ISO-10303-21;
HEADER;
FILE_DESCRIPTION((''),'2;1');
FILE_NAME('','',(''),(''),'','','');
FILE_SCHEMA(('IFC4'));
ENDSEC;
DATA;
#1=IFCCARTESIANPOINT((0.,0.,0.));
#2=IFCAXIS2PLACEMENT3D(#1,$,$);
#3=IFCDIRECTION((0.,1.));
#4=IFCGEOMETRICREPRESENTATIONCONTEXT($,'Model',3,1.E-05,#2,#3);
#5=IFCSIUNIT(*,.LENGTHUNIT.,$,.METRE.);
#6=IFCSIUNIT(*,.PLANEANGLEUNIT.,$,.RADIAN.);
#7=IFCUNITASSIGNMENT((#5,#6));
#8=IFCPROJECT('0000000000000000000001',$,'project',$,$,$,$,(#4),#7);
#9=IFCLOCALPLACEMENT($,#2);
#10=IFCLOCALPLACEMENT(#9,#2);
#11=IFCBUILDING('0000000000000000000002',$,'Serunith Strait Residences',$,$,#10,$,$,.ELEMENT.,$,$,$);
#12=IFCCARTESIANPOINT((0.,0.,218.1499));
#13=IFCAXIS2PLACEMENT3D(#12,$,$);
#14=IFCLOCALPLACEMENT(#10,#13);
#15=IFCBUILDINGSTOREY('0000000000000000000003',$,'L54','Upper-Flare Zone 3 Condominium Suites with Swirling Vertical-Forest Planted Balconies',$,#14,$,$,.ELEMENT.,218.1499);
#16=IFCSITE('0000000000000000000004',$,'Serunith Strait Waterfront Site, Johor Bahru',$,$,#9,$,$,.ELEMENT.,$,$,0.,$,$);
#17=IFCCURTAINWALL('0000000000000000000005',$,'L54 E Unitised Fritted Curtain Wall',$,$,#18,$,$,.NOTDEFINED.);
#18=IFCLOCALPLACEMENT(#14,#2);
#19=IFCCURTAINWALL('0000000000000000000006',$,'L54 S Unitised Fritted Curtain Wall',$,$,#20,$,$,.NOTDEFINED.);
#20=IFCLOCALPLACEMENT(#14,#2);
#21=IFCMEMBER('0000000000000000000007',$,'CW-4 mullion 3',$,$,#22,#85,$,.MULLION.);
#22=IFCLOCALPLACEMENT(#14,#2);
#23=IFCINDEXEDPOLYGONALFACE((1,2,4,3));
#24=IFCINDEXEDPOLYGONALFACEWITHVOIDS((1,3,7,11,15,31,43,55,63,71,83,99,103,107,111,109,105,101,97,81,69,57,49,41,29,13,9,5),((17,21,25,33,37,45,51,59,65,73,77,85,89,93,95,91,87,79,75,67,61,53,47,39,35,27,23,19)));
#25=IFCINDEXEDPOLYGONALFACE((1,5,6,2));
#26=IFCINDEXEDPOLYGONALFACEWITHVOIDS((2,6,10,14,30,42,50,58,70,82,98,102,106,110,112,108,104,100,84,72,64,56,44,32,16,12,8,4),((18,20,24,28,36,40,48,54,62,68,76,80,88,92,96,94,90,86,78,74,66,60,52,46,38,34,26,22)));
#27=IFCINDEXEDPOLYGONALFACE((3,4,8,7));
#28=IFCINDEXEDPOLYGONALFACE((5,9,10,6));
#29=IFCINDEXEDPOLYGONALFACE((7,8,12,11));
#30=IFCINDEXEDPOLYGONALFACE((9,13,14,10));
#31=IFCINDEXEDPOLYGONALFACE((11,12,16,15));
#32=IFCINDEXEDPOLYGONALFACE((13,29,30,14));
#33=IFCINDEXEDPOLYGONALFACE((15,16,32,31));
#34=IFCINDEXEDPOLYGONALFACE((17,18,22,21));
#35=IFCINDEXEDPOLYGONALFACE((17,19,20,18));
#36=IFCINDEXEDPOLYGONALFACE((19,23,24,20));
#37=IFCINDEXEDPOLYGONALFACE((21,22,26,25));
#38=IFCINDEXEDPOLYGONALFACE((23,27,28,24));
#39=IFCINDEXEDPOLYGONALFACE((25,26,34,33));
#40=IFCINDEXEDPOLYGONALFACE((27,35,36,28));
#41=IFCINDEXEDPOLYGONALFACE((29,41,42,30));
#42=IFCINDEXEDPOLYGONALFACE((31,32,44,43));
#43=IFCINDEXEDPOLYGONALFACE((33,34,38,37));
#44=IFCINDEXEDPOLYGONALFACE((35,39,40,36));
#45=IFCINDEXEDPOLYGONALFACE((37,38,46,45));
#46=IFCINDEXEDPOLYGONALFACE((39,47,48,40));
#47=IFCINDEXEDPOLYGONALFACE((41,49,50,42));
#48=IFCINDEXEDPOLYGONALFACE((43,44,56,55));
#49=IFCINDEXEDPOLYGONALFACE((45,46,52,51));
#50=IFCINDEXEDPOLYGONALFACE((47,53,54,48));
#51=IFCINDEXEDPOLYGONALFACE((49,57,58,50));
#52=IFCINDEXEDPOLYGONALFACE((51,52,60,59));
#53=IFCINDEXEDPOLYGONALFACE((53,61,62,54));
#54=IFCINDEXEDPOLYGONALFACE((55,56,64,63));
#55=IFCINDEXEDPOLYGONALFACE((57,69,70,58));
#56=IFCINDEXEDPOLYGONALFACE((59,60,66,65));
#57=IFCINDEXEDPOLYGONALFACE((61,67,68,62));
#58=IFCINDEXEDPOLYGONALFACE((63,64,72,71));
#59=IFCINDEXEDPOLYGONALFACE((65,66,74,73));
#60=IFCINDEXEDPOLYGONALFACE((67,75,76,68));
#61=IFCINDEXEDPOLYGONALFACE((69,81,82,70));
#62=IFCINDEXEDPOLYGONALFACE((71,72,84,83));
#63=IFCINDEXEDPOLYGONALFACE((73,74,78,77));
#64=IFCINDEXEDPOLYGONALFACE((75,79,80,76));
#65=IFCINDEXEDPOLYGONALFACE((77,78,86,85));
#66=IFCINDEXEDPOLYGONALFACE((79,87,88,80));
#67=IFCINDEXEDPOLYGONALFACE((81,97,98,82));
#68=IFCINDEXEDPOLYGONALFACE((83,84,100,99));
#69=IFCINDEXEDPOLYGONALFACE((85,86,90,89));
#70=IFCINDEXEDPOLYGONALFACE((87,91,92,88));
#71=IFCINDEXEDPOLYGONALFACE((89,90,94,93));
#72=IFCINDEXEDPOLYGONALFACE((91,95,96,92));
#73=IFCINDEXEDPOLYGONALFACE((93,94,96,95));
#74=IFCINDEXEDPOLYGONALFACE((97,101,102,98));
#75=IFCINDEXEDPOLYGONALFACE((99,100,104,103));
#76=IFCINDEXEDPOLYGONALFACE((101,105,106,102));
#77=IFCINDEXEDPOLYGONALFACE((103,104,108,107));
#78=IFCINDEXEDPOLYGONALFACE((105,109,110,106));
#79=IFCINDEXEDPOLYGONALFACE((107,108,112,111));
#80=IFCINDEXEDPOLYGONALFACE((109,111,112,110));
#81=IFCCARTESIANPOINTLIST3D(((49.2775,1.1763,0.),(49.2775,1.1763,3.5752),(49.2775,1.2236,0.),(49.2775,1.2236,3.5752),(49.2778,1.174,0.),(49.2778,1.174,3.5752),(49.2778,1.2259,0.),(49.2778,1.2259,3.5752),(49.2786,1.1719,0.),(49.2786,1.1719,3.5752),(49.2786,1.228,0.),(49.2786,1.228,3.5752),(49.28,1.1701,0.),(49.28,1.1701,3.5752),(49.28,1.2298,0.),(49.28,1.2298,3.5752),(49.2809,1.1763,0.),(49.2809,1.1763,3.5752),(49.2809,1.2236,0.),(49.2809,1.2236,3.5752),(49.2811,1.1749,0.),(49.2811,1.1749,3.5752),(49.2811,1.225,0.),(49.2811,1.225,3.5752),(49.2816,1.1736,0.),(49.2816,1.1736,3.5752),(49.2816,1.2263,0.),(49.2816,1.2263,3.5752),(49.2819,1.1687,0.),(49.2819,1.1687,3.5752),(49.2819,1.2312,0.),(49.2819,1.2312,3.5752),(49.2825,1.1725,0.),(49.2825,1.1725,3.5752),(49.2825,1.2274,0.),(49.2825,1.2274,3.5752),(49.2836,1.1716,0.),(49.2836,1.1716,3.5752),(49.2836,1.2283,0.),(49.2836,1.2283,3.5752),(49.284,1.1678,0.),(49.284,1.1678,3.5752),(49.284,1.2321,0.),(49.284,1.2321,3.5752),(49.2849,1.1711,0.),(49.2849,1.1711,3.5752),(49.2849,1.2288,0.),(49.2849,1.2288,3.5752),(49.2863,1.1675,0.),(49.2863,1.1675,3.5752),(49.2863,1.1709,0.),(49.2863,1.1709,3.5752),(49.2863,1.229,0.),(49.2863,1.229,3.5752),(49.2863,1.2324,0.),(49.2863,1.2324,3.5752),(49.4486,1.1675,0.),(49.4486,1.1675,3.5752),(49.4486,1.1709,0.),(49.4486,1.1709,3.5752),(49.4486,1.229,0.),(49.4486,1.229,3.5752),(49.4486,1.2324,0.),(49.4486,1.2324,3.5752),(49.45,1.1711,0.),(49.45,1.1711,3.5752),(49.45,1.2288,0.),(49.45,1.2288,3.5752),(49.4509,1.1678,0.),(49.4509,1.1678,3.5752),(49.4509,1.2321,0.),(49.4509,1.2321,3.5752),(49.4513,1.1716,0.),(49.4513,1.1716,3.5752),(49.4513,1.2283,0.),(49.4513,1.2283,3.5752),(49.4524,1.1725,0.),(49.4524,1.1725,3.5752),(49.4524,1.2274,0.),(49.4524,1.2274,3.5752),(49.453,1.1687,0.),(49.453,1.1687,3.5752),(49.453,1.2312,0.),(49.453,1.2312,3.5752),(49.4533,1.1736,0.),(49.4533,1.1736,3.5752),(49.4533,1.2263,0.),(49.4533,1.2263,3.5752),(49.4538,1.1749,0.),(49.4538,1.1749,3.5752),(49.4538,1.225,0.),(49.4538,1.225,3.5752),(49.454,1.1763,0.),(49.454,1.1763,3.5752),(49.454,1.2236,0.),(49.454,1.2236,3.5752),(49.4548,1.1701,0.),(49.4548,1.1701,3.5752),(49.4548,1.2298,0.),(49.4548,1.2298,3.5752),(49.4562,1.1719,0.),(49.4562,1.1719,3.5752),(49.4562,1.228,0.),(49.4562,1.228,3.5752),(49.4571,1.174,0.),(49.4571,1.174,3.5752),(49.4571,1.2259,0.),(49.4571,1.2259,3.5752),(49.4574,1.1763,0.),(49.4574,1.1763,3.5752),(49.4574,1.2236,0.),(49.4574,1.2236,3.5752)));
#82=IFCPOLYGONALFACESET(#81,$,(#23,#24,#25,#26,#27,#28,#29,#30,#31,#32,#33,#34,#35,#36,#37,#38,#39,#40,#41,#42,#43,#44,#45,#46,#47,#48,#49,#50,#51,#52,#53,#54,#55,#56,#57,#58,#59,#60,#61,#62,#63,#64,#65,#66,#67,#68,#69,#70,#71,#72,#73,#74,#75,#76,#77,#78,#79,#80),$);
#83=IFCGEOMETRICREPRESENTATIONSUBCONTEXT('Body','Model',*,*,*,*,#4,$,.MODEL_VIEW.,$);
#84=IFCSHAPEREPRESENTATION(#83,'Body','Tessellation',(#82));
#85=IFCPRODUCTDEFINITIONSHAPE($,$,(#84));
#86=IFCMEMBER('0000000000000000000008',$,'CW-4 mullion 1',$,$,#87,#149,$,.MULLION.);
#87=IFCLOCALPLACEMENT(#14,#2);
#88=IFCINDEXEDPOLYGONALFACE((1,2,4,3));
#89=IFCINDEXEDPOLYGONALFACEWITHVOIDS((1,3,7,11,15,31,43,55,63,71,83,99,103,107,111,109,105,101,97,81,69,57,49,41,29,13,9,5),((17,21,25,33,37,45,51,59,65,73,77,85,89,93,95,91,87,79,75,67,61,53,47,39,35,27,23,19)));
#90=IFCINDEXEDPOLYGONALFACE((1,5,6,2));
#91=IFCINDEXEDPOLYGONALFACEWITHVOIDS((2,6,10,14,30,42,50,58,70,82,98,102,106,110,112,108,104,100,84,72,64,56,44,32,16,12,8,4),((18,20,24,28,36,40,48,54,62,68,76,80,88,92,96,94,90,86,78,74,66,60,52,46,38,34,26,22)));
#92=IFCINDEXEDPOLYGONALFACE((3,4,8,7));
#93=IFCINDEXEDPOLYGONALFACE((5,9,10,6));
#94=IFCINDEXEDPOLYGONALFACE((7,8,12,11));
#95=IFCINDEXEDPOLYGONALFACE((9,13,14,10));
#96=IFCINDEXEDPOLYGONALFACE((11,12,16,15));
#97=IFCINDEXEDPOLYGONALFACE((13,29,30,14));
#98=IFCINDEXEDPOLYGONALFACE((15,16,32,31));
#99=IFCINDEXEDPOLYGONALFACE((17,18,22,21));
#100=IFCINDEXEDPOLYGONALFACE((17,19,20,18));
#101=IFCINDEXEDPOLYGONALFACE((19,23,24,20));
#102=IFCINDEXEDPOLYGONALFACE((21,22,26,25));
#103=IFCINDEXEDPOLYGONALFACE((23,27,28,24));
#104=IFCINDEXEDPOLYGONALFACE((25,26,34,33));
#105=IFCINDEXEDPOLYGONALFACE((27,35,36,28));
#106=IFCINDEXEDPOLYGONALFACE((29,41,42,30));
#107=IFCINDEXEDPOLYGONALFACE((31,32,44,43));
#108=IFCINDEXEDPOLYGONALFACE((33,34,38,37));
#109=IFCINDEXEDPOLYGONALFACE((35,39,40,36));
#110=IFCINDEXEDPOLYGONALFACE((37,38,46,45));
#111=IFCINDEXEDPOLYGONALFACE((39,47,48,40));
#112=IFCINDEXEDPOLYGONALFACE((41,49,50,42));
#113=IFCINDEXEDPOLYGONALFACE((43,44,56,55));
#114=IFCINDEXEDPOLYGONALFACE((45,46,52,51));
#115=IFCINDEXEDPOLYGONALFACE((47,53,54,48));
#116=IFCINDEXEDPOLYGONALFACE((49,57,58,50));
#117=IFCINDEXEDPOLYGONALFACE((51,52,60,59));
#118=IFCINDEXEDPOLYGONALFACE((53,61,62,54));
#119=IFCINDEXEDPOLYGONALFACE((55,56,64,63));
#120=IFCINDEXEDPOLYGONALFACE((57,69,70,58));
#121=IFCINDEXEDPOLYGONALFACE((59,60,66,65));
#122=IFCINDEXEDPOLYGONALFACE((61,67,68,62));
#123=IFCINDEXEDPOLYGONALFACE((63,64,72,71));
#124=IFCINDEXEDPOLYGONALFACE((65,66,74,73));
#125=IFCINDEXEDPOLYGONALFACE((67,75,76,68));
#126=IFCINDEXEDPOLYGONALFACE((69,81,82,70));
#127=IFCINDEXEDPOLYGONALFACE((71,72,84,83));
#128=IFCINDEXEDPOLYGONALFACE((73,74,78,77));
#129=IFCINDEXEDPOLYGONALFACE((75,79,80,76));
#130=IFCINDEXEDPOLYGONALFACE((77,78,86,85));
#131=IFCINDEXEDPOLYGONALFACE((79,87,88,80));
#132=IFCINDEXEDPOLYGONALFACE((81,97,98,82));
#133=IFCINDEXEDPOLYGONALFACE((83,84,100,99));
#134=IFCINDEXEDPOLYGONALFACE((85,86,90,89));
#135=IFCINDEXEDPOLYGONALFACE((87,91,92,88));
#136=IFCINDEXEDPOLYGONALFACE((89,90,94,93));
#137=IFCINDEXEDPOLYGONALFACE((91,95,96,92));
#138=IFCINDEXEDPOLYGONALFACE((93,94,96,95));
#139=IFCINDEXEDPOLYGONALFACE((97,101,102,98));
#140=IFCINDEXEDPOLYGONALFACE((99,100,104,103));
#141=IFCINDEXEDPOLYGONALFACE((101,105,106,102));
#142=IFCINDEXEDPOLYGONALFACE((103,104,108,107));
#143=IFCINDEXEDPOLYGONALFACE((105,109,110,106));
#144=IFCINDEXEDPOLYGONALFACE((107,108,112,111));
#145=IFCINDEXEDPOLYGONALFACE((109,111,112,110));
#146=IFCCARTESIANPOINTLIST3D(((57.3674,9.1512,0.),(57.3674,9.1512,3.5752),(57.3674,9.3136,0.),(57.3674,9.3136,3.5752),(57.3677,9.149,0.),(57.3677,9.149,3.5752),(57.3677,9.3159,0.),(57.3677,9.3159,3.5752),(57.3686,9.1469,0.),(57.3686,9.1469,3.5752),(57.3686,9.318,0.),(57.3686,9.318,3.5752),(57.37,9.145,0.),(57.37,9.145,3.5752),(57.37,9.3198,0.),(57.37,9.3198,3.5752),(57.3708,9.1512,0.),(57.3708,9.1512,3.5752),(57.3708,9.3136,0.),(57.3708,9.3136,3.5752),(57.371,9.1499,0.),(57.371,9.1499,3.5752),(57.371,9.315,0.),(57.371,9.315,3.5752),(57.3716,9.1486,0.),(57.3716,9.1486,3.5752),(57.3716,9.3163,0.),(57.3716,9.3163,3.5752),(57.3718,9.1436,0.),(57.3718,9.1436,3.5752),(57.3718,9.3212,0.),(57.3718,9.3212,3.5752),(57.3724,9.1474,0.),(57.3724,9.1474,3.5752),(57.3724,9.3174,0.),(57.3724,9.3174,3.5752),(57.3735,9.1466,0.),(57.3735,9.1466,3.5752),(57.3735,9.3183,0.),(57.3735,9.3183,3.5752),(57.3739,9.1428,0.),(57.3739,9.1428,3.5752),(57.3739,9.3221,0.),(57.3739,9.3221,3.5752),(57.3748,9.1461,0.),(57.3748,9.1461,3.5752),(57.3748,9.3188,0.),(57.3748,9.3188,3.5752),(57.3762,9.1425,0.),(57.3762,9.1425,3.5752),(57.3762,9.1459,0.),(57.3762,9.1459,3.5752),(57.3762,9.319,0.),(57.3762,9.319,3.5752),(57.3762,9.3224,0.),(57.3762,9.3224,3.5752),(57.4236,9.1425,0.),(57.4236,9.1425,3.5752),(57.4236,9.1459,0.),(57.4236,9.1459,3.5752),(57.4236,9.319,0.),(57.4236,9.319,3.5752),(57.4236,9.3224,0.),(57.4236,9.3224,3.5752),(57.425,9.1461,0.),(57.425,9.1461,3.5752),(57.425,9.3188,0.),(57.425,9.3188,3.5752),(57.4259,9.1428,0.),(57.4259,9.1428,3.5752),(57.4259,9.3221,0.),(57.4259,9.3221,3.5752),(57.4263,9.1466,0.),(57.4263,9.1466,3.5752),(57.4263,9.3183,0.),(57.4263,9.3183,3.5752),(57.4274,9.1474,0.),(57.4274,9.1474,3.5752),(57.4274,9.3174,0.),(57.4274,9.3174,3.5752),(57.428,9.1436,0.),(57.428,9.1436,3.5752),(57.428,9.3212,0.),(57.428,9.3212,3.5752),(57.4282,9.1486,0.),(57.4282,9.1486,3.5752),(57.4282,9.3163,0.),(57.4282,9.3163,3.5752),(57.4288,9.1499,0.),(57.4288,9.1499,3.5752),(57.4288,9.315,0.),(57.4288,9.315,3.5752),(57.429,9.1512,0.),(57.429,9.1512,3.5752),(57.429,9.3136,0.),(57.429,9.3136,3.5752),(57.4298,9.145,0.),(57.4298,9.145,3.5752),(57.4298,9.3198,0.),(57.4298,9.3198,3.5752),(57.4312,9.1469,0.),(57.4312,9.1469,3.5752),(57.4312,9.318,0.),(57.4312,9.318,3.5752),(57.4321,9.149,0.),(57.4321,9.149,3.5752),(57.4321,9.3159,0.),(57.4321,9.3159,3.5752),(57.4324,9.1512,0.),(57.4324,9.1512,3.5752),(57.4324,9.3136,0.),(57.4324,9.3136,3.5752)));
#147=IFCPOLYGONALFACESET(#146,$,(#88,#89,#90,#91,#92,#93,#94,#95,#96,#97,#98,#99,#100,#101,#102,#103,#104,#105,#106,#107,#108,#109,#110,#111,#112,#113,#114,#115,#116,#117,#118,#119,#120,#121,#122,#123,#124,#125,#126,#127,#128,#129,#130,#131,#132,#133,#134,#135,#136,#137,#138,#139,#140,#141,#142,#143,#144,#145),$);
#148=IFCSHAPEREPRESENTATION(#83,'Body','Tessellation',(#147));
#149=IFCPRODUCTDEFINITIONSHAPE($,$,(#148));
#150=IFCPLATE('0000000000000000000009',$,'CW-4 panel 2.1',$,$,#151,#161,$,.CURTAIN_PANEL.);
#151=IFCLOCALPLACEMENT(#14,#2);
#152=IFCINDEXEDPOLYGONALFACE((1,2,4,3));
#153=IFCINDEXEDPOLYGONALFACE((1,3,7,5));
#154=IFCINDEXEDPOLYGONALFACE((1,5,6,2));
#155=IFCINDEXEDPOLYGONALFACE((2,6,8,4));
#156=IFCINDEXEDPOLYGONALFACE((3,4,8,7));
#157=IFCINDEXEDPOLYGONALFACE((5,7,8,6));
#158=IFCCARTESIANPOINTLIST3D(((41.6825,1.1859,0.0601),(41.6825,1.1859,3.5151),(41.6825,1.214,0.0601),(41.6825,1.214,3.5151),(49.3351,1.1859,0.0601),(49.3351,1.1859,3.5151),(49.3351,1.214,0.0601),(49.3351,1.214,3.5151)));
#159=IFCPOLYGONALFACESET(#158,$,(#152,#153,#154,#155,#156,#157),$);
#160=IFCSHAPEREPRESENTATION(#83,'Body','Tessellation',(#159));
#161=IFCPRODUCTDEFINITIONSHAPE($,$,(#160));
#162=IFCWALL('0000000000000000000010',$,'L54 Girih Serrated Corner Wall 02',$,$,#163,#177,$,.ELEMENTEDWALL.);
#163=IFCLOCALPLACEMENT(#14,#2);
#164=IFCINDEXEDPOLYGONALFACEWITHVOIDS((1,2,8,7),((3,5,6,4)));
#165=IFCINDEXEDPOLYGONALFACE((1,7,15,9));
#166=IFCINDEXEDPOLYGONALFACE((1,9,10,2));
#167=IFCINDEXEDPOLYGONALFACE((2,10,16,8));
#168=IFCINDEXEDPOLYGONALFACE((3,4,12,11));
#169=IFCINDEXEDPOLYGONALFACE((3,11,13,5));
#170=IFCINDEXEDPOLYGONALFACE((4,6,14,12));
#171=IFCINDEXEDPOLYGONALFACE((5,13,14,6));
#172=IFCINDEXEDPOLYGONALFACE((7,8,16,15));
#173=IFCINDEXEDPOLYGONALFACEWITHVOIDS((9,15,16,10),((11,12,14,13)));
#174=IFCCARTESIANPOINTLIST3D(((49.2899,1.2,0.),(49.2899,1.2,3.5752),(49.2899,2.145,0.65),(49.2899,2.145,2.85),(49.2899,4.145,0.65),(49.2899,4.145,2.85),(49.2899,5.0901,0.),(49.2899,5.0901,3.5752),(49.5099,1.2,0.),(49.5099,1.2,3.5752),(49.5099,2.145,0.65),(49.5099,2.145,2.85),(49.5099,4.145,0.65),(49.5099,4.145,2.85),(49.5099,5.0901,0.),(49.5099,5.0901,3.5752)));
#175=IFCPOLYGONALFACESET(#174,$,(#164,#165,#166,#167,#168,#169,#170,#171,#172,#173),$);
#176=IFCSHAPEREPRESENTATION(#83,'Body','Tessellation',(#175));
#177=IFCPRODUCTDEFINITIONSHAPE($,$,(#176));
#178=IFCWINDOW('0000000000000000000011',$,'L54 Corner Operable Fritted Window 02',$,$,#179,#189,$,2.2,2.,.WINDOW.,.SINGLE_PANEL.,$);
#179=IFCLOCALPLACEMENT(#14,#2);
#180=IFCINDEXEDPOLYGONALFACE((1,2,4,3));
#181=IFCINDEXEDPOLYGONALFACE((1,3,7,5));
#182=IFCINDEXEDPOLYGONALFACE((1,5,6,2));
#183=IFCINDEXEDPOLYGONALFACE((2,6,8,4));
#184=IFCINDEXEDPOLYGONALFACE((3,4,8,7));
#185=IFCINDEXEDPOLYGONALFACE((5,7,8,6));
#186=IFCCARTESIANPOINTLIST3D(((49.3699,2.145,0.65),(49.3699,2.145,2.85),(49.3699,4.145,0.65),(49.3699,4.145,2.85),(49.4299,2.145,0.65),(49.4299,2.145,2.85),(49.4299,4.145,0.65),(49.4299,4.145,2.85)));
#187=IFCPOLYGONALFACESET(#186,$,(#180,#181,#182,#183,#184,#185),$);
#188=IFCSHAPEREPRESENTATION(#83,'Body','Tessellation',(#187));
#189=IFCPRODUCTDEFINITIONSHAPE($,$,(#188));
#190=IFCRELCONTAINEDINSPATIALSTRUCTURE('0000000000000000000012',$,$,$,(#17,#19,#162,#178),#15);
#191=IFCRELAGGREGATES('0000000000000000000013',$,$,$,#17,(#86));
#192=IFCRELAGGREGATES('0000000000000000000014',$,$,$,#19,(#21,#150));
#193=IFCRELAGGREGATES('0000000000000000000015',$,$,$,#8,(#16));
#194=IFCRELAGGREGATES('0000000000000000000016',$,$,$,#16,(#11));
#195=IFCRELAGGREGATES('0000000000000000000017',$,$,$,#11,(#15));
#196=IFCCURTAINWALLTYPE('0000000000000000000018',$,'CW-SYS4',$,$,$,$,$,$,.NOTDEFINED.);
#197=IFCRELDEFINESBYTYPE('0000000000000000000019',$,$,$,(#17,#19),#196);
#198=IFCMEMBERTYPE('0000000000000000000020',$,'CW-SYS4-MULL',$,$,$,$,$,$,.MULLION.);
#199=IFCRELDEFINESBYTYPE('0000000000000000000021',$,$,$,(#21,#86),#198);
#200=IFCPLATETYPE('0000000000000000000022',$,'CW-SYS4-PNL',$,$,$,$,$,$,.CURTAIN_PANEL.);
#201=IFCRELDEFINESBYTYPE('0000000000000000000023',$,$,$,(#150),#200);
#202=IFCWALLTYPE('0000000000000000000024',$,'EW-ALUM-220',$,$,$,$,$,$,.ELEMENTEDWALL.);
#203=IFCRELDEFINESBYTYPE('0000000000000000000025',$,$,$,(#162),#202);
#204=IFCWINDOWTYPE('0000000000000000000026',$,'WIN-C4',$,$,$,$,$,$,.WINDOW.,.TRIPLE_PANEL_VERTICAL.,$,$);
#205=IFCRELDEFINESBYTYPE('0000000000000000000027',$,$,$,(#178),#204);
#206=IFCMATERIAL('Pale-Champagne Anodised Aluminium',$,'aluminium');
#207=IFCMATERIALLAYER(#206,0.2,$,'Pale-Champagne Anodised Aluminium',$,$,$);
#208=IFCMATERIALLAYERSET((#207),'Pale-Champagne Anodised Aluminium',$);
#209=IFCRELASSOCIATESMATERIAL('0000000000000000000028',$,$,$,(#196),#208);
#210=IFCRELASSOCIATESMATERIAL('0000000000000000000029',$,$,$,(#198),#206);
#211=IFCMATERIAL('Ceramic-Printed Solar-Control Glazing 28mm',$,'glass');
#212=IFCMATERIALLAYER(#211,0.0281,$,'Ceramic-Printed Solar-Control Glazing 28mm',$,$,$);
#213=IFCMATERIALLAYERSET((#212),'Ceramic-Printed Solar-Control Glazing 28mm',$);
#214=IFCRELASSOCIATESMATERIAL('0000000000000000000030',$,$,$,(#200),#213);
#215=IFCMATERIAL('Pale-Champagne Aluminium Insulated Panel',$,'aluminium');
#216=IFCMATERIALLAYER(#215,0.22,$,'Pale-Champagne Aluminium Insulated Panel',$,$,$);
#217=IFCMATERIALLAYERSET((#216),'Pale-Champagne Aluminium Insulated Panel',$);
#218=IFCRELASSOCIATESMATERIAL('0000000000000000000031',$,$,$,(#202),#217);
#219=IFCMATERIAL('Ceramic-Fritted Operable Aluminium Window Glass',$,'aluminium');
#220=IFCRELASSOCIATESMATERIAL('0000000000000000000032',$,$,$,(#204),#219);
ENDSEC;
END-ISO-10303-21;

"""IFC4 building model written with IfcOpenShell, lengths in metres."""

from ifc_helpers import new_model, si_unit, direction, frame, frame_2d, origin, origin_2d, place, context, subcontext, project, spatial, rectangle, hollow_rectangle, extrude, source, transform, mapped, material, layer, layer_set, material_profile, profile_set, type_object, element, fill, aggregate, save


model = new_model("IFC4")

# Units and contexts
model_context = context("Model", 3, precision=1e-05, world=origin(), true_north=direction((0.0, 1.0)))
body_context = subcontext(model_context, "Body", "Model", "MODEL_VIEW")
ifc_project = project(units=[si_unit("LENGTHUNIT", "METRE"), si_unit("PLANEANGLEUNIT", "RADIAN")], contexts=[model_context])

# Site, building, storey
site_placement = place(None, origin())
site = spatial("IfcSite", under=ifc_project, at=site_placement, Name="Serunith Strait Waterfront Site, Johor Bahru", CompositionType="ELEMENT", RefElevation=0.0)
building_placement = place(site_placement, origin())
building = spatial("IfcBuilding", under=site, at=building_placement, Name="Serunith Strait Residences", CompositionType="ELEMENT")
storey_placement = place(building_placement, frame((0.0, 0.0, 218.1499)))
storey = spatial("IfcBuildingStorey", under=building, at=storey_placement, Name="L54", Description="Upper-Flare Zone 3 Condominium Suites with Swirling Vertical-Forest Planted Balconies", CompositionType="ELEMENT", Elevation=218.1499)

# Curtain wall
ifc_material_1 = material(Name="Pale-Champagne Anodised Aluminium", Category="aluminium")
ifc_layer_1 = layer(ifc_material_1, 0.2, Name="Pale-Champagne Anodised Aluminium")
ifc_layer_set_1 = layer_set([ifc_layer_1], Name="Pale-Champagne Anodised Aluminium")
curtain_wall_type = type_object("IfcCurtainWallType", Name="CW-SYS4", PredefinedType="NOTDEFINED", material=ifc_layer_set_1)
curtain_wall_1_placement = place(storey_placement, origin())
curtain_wall_1 = element("IfcCurtainWall", 1, at=curtain_wall_1_placement, inside=storey, type_object=curtain_wall_type, Name="L54 E Unitised Fritted Curtain Wall", PredefinedType="NOTDEFINED")

# Curtain wall, member
curtain_wall_2_placement = place(storey_placement, origin())
curtain_wall_2 = element("IfcCurtainWall", 2, at=curtain_wall_2_placement, inside=storey, type_object=curtain_wall_type, Name="L54 S Unitised Fritted Curtain Wall", PredefinedType="NOTDEFINED")
ifc_material_profile_1 = material_profile(ifc_material_1, hollow_rectangle(XDim=0.0649, YDim=0.1799, WallThickness=0.0034, InnerFilletRadius=0.0054, OuterFilletRadius=0.0088, at=origin_2d()), Name="ALU 180x65x3.5")
ifc_profile_set_1 = profile_set([ifc_material_profile_1], Name="Pale-Champagne Anodised Aluminium")
member_type_1 = type_object("IfcMemberType", Name="CW-SYS4-MULL", PredefinedType="MULLION", material=ifc_profile_set_1)
shared_shape_1 = source(origin(), body_context, "Body", "SweptSolid", [
    extrude(hollow_rectangle(XDim=0.0649, YDim=0.1799, WallThickness=0.0034, InnerFilletRadius=0.0054, OuterFilletRadius=0.0088, at=origin_2d()), origin(), (0.0, 0.0, 1.0), 3.5752),
])
member_1_placement = place(storey_placement, frame((49.3674, 1.2, 0.0), z_axis=(0.0, 0.0, 1.0), x_axis=(0.0, 1.0, 0.0)))
member_1 = element("IfcMember", 3, at=member_1_placement, type_object=member_type_1, Name="CW-4 mullion 3", PredefinedType="MULLION", context=body_context, shape_type="MappedRepresentation", body=[
    mapped(shared_shape_1, transform((0.0, 0.0, 0.0), scale=1.0)),
])

# Member
member_2_placement = place(storey_placement, frame((57.3999, 9.2324, 0.0), z_axis=(0.0, 0.0, 1.0), x_axis=(-1.0, 0.0, 0.0)))
member_2 = element("IfcMember", 4, at=member_2_placement, type_object=member_type_1, Name="CW-4 mullion 1", PredefinedType="MULLION", context=body_context, shape_type="MappedRepresentation", body=[
    mapped(shared_shape_1, transform((0.0, 0.0, 0.0), scale=1.0)),
])
aggregate(curtain_wall_1, [member_2])

# Plate
ifc_material_2 = material(Name="Ceramic-Printed Solar-Control Glazing 28mm", Category="glass")
ifc_layer_2 = layer(ifc_material_2, 0.0281, Name="Ceramic-Printed Solar-Control Glazing 28mm")
ifc_layer_set_2 = layer_set([ifc_layer_2], Name="Ceramic-Printed Solar-Control Glazing 28mm")
plate_type = type_object("IfcPlateType", Name="CW-SYS4-PNL", PredefinedType="CURTAIN_PANEL", material=ifc_layer_set_2)
shared_shape_2 = source(origin(), body_context, "Body", "SweptSolid", [
    extrude(rectangle(XDim=7.6526, YDim=0.0281, at=origin_2d()), origin(), (0.0, 0.0, 1.0), 3.4551),
])
plate_placement = place(storey_placement, frame((45.5088, 1.2, 0.0601), z_axis=(0.0, 0.0, 1.0), x_axis=(1.0, 0.0, 0.0)))
plate = element("IfcPlate", 5, at=plate_placement, type_object=plate_type, Name="CW-4 panel 2.1", PredefinedType="CURTAIN_PANEL", context=body_context, shape_type="MappedRepresentation", body=[
    mapped(shared_shape_2, transform((0.0, 0.0, 0.0), scale=1.0)),
])
aggregate(curtain_wall_2, [member_1, plate])

# Wall, opening, window
ifc_material_3 = material(Name="Pale-Champagne Aluminium Insulated Panel", Category="aluminium")
ifc_layer_3 = layer(ifc_material_3, 0.22, Name="Pale-Champagne Aluminium Insulated Panel")
ifc_layer_set_3 = layer_set([ifc_layer_3], Name="Pale-Champagne Aluminium Insulated Panel")
wall_type_1 = type_object("IfcWallType", Name="EW-ALUM-220", PredefinedType="ELEMENTEDWALL", material=ifc_layer_set_3)
wall_1_placement = place(storey_placement, frame((49.3999, 1.2, 0.0), z_axis=(0.0, 0.0, 1.0), x_axis=(0.0, 1.0, 0.0)))
wall_1 = element("IfcWall", 6, at=wall_1_placement, inside=storey, type_object=wall_type_1, Name="L54 Girih Serrated Corner Wall 02", PredefinedType="ELEMENTEDWALL", context=body_context, shape_type="SweptSolid", body=[
    extrude(rectangle(XDim=3.8901, YDim=0.22, at=frame_2d((1.9451, 0.0))), origin(), (0.0, 0.0, 1.0), 3.5752),
])
opening_1_placement = place(wall_1_placement, frame((0.9451, 0.0, 0.6499)))
opening_1 = element("IfcOpeningElement", 7, at=opening_1_placement, cuts=wall_1, PredefinedType="OPENING", context=body_context, shape_type="SweptSolid", body=[
    extrude(rectangle(XDim=2.0, YDim=2.2, at=frame_2d((1.0, 1.1001))), frame((0.0, 0.1201, 0.0), z_axis=(0.0, -1.0, 0.0), x_axis=(1.0, 0.0, 0.0)), (0.0, 0.0, 1.0), 0.24),
])
ifc_material_4 = material(Name="Ceramic-Fritted Operable Aluminium Window Glass", Category="aluminium")
window_type = type_object("IfcWindowType", Name="WIN-C4", PartitioningType="TRIPLE_PANEL_VERTICAL", PredefinedType="WINDOW", material=ifc_material_4)
shared_shape_3 = source(origin(), body_context, "Body", "SweptSolid", [
    extrude(rectangle(XDim=2.0, YDim=2.2, at=frame_2d((1.0, 1.1001))), frame((0.0, 0.03, 0.0), z_axis=(0.0, -1.0, 0.0), x_axis=(1.0, 0.0, 0.0)), (0.0, 0.0, 1.0), 0.0601),
])
window_1_placement = place(opening_1_placement, origin())
window_1 = element("IfcWindow", 8, at=window_1_placement, inside=storey, type_object=window_type, Name="L54 Corner Operable Fritted Window 02", OverallHeight=2.2, OverallWidth=2.0, PartitioningType="SINGLE_PANEL", PredefinedType="WINDOW", context=body_context, shape_type="MappedRepresentation", body=[
    mapped(shared_shape_3, transform((0.0, 0.0, 0.0), scale=1.0)),
])
fill(opening_1, window_1)

save(model, "model.ifc")
